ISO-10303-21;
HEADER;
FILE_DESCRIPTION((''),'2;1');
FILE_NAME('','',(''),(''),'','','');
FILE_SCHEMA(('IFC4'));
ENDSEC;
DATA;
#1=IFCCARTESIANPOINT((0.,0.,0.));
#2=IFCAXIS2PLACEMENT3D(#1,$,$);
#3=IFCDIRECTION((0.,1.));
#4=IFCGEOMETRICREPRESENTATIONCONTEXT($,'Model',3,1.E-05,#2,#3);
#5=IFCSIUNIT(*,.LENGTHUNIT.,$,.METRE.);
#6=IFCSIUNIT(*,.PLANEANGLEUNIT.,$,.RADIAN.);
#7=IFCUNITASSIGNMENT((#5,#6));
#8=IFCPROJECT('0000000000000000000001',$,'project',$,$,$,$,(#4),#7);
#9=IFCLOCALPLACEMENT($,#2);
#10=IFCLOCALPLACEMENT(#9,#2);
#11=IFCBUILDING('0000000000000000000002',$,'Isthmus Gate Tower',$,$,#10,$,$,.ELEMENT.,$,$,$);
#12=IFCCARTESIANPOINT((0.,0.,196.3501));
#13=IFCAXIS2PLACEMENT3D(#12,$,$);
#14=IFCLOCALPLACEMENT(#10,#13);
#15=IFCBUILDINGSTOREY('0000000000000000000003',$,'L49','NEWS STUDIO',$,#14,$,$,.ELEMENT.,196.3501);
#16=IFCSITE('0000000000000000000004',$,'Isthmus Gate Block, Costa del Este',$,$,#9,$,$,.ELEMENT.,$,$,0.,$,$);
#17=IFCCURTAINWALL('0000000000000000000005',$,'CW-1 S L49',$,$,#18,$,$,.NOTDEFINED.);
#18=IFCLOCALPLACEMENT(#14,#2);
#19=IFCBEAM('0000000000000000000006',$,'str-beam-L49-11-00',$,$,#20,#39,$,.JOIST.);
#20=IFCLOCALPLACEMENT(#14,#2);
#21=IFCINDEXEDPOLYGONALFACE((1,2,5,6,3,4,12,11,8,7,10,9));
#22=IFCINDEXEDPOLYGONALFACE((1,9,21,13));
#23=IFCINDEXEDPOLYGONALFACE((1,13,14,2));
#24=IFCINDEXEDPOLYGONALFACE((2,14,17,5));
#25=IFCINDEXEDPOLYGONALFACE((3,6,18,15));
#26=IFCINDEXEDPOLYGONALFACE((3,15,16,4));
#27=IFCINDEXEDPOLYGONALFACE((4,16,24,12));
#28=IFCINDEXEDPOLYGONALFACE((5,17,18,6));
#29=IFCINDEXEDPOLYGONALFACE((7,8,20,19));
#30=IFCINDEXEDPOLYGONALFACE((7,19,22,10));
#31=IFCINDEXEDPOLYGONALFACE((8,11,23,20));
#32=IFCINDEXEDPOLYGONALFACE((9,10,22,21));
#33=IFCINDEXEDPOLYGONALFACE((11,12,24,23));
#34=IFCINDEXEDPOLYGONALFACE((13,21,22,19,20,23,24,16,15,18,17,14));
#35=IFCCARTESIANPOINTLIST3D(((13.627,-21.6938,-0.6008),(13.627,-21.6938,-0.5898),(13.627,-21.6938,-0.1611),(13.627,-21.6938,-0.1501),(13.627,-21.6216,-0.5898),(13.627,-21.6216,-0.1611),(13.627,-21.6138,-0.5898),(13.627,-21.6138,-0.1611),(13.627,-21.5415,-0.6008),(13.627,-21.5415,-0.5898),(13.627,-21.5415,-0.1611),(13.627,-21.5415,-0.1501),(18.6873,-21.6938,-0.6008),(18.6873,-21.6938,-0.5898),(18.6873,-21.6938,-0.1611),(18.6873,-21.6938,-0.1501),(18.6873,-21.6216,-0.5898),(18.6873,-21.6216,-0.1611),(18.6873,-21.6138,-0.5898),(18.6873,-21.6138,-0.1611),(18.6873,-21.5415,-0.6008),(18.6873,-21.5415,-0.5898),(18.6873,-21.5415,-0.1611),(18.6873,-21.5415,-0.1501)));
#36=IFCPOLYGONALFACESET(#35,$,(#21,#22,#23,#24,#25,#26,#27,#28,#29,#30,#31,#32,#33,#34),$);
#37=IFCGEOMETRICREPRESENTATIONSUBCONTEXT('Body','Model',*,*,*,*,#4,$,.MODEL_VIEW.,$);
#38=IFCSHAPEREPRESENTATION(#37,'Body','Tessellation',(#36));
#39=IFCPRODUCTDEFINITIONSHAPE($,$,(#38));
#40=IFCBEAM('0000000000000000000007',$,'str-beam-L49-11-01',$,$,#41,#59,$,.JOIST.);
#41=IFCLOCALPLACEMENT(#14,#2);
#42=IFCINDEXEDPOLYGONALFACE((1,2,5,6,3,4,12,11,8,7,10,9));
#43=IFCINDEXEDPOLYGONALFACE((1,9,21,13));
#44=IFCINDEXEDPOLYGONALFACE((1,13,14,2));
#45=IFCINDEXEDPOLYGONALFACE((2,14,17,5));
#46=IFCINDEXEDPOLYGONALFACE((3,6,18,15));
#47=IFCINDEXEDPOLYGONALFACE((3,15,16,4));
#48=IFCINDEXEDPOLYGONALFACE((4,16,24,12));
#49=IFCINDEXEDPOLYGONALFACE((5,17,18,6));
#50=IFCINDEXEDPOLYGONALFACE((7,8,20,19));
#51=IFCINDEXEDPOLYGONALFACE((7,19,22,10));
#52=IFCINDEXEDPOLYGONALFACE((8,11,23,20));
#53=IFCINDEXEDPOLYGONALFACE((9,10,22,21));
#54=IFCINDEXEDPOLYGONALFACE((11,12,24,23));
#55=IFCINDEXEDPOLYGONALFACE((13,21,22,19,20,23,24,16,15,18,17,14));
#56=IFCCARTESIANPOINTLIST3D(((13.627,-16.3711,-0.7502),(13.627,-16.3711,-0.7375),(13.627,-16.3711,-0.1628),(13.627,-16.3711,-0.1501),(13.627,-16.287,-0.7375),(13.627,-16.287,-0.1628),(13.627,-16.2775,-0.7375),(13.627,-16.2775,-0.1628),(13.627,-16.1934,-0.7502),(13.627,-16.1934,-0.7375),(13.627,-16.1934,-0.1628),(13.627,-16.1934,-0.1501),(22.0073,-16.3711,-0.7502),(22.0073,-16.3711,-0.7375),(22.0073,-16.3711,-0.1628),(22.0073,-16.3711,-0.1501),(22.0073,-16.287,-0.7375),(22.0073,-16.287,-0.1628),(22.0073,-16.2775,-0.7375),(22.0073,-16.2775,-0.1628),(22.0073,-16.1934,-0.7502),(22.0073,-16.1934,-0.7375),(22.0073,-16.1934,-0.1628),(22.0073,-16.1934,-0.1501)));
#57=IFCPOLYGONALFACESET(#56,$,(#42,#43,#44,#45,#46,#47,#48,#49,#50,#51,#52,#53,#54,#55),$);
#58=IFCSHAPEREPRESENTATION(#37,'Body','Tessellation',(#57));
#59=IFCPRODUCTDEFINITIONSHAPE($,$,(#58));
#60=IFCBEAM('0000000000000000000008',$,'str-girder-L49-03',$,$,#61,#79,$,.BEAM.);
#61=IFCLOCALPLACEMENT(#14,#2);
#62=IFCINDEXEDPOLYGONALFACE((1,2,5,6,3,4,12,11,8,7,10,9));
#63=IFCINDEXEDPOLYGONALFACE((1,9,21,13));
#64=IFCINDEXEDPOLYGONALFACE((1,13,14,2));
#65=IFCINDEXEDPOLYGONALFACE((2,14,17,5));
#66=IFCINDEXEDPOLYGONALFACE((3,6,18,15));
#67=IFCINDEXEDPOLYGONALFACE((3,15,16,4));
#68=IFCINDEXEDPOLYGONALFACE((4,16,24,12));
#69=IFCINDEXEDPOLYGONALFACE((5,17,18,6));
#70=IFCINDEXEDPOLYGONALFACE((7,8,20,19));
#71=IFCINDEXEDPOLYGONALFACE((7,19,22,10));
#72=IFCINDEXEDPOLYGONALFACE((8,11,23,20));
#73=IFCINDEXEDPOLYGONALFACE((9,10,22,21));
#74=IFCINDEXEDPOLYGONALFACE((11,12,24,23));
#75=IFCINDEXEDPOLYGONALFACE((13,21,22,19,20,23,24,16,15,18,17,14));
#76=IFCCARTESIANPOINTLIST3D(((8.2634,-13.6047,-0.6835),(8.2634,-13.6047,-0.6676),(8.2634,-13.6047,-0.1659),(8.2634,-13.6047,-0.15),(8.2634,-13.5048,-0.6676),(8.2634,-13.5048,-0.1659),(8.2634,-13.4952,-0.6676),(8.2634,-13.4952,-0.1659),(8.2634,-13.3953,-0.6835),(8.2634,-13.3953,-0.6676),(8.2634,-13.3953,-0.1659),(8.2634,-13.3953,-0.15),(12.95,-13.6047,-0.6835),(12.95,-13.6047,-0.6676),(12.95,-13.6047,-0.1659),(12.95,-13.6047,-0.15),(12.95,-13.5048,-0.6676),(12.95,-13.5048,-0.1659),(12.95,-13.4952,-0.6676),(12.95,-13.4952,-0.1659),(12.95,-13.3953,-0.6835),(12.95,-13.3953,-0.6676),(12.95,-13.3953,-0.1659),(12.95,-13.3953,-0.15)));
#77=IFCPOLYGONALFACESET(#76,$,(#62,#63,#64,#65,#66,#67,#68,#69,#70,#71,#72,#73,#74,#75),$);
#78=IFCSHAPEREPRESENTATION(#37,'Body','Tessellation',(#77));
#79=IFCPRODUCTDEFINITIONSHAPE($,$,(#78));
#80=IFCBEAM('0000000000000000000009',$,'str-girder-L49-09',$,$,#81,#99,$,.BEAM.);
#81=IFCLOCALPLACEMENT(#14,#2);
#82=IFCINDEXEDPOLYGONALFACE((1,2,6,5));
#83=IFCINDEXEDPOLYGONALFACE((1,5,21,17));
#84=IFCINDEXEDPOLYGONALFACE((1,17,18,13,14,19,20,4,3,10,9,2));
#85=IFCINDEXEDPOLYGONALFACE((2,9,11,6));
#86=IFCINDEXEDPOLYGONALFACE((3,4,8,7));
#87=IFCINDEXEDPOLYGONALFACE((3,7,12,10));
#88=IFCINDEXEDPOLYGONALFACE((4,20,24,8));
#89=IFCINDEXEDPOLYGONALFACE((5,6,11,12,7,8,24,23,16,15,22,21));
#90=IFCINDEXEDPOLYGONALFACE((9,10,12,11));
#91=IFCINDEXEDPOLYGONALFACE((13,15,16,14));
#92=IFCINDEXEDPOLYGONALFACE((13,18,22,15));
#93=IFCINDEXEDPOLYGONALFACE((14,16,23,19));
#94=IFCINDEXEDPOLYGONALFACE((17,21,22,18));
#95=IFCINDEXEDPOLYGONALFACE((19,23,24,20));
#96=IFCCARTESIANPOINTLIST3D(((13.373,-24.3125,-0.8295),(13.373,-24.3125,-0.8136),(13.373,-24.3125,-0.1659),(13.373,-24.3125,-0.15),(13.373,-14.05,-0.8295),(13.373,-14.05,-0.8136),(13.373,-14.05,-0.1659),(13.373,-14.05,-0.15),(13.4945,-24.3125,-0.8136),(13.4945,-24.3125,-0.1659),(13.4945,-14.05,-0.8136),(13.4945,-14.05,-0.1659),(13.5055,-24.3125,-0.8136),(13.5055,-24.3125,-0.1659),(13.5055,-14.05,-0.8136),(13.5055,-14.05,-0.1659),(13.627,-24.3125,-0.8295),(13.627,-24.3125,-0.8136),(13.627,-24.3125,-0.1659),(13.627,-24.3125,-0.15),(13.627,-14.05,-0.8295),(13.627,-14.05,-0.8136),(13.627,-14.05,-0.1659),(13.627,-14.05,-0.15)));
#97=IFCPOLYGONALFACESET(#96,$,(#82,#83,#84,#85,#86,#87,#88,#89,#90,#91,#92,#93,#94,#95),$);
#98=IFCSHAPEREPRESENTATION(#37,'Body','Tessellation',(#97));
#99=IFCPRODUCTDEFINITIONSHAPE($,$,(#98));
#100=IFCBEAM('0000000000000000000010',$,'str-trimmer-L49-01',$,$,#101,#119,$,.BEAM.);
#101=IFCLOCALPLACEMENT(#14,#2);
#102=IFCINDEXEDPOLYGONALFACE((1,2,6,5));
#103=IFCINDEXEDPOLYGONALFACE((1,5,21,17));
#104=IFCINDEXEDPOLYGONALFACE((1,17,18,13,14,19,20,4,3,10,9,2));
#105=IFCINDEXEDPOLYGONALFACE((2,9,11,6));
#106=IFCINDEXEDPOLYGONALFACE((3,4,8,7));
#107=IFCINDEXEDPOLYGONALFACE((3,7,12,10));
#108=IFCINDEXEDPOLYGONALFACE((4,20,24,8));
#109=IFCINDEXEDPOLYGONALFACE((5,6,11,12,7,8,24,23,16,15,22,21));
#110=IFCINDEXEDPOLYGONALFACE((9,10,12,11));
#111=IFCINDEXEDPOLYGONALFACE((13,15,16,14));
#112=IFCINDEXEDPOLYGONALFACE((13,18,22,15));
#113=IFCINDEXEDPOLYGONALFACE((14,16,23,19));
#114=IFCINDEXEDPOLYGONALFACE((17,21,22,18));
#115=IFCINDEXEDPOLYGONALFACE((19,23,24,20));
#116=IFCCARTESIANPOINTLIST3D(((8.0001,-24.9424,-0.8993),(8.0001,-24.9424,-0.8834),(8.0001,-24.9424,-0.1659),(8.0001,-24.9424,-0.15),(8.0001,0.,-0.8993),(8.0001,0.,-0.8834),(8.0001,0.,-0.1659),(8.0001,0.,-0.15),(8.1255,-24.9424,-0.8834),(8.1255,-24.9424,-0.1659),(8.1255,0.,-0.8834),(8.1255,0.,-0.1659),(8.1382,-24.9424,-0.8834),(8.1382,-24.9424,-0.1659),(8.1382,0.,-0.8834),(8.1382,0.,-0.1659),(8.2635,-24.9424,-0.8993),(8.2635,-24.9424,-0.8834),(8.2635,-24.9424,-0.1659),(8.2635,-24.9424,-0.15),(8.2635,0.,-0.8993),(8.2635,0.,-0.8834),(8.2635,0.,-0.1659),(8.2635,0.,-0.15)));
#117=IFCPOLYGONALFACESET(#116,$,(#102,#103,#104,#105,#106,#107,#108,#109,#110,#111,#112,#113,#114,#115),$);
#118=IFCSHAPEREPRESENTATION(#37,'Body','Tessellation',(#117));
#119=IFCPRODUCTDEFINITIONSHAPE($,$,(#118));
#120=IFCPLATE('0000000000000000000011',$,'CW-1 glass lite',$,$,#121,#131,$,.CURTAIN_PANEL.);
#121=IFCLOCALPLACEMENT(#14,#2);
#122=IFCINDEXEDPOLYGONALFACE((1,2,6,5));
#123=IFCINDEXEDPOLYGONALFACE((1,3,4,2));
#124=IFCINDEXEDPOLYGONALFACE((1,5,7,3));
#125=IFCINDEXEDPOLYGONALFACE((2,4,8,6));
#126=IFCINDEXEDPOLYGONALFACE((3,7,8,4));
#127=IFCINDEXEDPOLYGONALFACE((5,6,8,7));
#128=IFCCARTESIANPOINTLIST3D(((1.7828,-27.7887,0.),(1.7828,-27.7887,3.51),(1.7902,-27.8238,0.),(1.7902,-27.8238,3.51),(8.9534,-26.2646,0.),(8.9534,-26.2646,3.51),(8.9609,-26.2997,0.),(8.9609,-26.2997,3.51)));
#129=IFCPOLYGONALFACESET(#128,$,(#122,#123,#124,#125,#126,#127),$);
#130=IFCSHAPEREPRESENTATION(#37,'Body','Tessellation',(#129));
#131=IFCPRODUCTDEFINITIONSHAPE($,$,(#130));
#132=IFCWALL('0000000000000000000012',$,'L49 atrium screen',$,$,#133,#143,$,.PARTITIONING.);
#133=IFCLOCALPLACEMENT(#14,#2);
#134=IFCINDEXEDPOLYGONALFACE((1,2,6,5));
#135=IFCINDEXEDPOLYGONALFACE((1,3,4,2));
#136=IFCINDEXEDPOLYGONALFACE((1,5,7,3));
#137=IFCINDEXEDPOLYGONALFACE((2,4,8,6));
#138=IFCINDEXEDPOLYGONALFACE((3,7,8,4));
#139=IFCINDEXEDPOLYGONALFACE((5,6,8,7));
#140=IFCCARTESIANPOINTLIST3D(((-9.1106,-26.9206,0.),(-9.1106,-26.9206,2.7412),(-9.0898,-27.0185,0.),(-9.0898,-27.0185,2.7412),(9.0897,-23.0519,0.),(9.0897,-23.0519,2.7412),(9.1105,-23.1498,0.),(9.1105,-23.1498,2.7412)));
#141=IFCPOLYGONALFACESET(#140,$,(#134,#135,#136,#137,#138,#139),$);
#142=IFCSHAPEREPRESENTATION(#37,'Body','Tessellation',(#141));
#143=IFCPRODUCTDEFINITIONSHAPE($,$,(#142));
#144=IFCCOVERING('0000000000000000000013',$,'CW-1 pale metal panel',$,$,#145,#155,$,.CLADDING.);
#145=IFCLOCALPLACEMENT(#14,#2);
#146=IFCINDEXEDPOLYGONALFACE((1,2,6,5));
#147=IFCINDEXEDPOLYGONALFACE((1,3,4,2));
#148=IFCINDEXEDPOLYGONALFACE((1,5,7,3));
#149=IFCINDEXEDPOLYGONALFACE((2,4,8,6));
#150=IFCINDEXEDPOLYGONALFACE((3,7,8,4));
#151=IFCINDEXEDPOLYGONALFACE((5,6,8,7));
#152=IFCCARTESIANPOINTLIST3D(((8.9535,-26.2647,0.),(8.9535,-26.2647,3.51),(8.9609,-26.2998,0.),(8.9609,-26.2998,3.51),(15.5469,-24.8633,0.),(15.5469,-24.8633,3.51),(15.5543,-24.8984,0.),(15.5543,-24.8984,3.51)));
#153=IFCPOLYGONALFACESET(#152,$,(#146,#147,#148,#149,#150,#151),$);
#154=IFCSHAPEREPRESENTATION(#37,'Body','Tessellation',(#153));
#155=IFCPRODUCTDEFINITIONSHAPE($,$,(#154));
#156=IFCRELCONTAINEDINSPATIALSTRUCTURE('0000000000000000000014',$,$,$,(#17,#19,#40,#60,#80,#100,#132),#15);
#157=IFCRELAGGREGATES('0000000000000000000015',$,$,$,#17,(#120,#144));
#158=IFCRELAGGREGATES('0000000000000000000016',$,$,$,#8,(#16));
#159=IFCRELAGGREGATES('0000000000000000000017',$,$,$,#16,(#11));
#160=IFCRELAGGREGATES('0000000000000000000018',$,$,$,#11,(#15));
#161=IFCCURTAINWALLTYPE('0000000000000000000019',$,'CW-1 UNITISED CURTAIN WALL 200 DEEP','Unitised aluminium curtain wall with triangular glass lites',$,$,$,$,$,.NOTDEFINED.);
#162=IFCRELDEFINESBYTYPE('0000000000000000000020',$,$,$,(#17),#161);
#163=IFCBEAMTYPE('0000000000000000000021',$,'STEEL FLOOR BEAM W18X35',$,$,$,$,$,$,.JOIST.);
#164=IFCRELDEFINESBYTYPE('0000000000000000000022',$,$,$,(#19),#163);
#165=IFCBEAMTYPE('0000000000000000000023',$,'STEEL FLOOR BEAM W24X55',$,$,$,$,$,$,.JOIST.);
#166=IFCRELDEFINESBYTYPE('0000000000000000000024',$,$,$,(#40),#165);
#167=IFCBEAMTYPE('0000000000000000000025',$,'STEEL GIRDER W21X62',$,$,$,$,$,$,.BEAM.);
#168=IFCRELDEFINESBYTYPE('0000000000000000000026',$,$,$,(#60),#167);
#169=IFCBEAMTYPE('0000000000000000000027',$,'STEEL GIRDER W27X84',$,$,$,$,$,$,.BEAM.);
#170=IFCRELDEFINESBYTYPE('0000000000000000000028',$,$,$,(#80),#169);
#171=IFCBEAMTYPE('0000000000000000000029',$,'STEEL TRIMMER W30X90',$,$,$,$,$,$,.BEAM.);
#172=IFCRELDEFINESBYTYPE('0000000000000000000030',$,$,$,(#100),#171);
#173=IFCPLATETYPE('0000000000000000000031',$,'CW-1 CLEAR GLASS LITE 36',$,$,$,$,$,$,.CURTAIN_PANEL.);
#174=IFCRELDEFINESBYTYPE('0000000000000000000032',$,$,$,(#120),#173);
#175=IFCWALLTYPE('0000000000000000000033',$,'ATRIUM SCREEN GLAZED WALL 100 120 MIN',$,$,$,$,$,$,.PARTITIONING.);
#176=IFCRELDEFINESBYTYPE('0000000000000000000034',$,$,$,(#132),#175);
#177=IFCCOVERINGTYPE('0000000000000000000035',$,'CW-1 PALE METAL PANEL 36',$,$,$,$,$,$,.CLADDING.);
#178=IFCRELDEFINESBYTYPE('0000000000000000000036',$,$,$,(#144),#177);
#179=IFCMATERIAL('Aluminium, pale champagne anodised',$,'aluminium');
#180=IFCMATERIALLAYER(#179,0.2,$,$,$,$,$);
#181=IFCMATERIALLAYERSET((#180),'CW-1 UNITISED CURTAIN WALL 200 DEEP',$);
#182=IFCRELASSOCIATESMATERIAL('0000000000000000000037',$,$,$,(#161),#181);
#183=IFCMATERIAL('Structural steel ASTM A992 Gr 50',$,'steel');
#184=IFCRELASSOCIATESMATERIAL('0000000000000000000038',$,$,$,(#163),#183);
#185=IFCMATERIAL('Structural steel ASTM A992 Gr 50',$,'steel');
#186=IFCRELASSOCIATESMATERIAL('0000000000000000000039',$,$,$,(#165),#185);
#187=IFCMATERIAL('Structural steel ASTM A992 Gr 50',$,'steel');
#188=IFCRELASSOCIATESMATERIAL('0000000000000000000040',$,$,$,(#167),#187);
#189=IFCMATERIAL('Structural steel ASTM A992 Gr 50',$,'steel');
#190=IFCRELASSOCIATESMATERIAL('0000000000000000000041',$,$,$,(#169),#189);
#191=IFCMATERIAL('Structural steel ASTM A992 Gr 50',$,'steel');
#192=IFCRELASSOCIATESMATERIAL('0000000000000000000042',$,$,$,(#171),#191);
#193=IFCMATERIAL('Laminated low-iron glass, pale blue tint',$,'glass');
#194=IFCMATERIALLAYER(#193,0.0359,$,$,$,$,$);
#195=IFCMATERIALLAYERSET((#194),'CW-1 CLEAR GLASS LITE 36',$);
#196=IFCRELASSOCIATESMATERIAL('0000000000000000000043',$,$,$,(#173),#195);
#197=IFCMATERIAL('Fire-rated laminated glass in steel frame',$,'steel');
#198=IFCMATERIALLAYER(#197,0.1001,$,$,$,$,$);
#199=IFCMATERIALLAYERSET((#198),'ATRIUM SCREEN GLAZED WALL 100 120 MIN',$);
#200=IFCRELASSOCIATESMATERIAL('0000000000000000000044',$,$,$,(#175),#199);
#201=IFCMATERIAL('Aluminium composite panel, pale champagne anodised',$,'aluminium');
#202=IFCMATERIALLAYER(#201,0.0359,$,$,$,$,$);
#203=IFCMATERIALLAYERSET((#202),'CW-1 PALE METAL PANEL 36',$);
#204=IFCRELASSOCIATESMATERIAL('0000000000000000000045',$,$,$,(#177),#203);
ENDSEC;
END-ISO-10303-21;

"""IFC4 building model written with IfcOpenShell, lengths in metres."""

from ifc_helpers import new_model, si_unit, direction, frame, frame_2d, origin, origin_2d, place, context, subcontext, project, spatial, rectangle, i_section, extrude, material, layer, layer_set, material_profile, profile_set, type_object, element, aggregate, save


model = new_model("IFC4")

# Units and contexts
model_context = context("Model", 3, precision=1e-05, world=origin(), true_north=direction((0.0, 1.0)))
body_context = subcontext(model_context, "Body", "Model", "MODEL_VIEW")
ifc_project = project(units=[si_unit("LENGTHUNIT", "METRE"), si_unit("PLANEANGLEUNIT", "RADIAN")], contexts=[model_context])

# Site, building, storey
site_placement = place(None, origin())
site = spatial("IfcSite", under=ifc_project, at=site_placement, Name="Isthmus Gate Block, Costa del Este", CompositionType="ELEMENT", RefElevation=0.0)
building_placement = place(site_placement, origin())
building = spatial("IfcBuilding", under=site, at=building_placement, Name="Isthmus Gate Tower", CompositionType="ELEMENT")
storey_placement = place(building_placement, frame((0.0, 0.0, 196.3501)))
storey = spatial("IfcBuildingStorey", under=building, at=storey_placement, Name="L49", Description="NEWS STUDIO", CompositionType="ELEMENT", Elevation=196.3501)

# Curtain wall
ifc_material_1 = material(Name="Aluminium, pale champagne anodised", Category="aluminium")
ifc_layer_1 = layer(ifc_material_1, 0.2)
ifc_layer_set_1 = layer_set([ifc_layer_1], Name="CW-1 UNITISED CURTAIN WALL 200 DEEP")
curtain_wall_type = type_object("IfcCurtainWallType", Name="CW-1 UNITISED CURTAIN WALL 200 DEEP", Description="Unitised aluminium curtain wall with triangular glass lites", PredefinedType="NOTDEFINED", material=ifc_layer_set_1)
curtain_wall_placement = place(storey_placement, origin())
curtain_wall = element("IfcCurtainWall", 1, at=curtain_wall_placement, inside=storey, type_object=curtain_wall_type, Name="CW-1 S L49", PredefinedType="NOTDEFINED")

# Beams
ifc_material_2 = material(Name="Structural steel ASTM A992 Gr 50", Category="steel")
ifc_material_profile_1 = material_profile(ifc_material_2, i_section(OverallWidth=0.1523, OverallDepth=0.4507, WebThickness=0.0078, FlangeThickness=0.011, at=origin_2d()), Name="W18X35")
ifc_profile_set_1 = profile_set([ifc_material_profile_1], Name="Structural steel ASTM A992 Gr 50")
beam_type_1 = type_object("IfcBeamType", Name="STEEL FLOOR BEAM W18X35", PredefinedType="JOIST", material=ifc_profile_set_1)
beam_1_placement = place(storey_placement, frame((13.627, -21.6177, -0.3755), z_axis=(1.0, 0.0, 0.0), x_axis=(0.0, 1.0, 0.0)))
element("IfcBeam", 2, at=beam_1_placement, inside=storey, type_object=beam_type_1, Name="str-beam-L49-11-00", PredefinedType="JOIST", context=body_context, shape_type="SweptSolid", body=[
    extrude(i_section(OverallWidth=0.1523, OverallDepth=0.4507, WebThickness=0.0078, FlangeThickness=0.011, at=origin_2d()), origin(), (0.0, 0.0, 1.0), 5.0603),
])
ifc_material_3 = material(Name="Structural steel ASTM A992 Gr 50", Category="steel")
ifc_material_profile_2 = material_profile(ifc_material_3, i_section(OverallWidth=0.1777, OverallDepth=0.6001, WebThickness=0.0095, FlangeThickness=0.0127, at=origin_2d()), Name="W24X55")
ifc_profile_set_2 = profile_set([ifc_material_profile_2], Name="Structural steel ASTM A992 Gr 50")
beam_type_2 = type_object("IfcBeamType", Name="STEEL FLOOR BEAM W24X55", PredefinedType="JOIST", material=ifc_profile_set_2)
beam_2_placement = place(storey_placement, frame((13.627, -16.2822, -0.4502), z_axis=(1.0, 0.0, 0.0), x_axis=(0.0, 1.0, 0.0)))
element("IfcBeam", 3, at=beam_2_placement, inside=storey, type_object=beam_type_2, Name="str-beam-L49-11-01", PredefinedType="JOIST", context=body_context, shape_type="SweptSolid", body=[
    extrude(i_section(OverallWidth=0.1777, OverallDepth=0.6001, WebThickness=0.0095, FlangeThickness=0.0127, at=origin_2d()), origin(), (0.0, 0.0, 1.0), 8.3804),
])
ifc_material_4 = material(Name="Structural steel ASTM A992 Gr 50", Category="steel")
ifc_material_profile_3 = material_profile(ifc_material_4, i_section(OverallWidth=0.2095, OverallDepth=0.5334, WebThickness=0.0095, FlangeThickness=0.0159, at=origin_2d()), Name="W21X62")
ifc_profile_set_3 = profile_set([ifc_material_profile_3], Name="Structural steel ASTM A992 Gr 50")
beam_type_3 = type_object("IfcBeamType", Name="STEEL GIRDER W21X62", PredefinedType="BEAM", material=ifc_profile_set_3)
beam_3_placement = place(storey_placement, frame((8.2634, -13.5, -0.4167), z_axis=(1.0, 0.0, 0.0), x_axis=(0.0, 1.0, 0.0)))
element("IfcBeam", 4, at=beam_3_placement, inside=storey, type_object=beam_type_3, Name="str-girder-L49-03", PredefinedType="BEAM", context=body_context, shape_type="SweptSolid", body=[
    extrude(i_section(OverallWidth=0.2095, OverallDepth=0.5334, WebThickness=0.0095, FlangeThickness=0.0159, at=origin_2d()), origin(), (0.0, 0.0, 1.0), 4.6865),
])
ifc_material_5 = material(Name="Structural steel ASTM A992 Gr 50", Category="steel")
ifc_material_profile_4 = material_profile(ifc_material_5, i_section(OverallWidth=0.2539, OverallDepth=0.6794, WebThickness=0.011, FlangeThickness=0.0159, at=origin_2d()), Name="W27X84")
ifc_profile_set_4 = profile_set([ifc_material_profile_4], Name="Structural steel ASTM A992 Gr 50")
beam_type_4 = type_object("IfcBeamType", Name="STEEL GIRDER W27X84", PredefinedType="BEAM", material=ifc_profile_set_4)
beam_4_placement = place(storey_placement, frame((13.5, -24.3125, -0.4897), z_axis=(0.0, 1.0, 0.0), x_axis=(-1.0, 0.0, 0.0)))
element("IfcBeam", 5, at=beam_4_placement, inside=storey, type_object=beam_type_4, Name="str-girder-L49-09", PredefinedType="BEAM", context=body_context, shape_type="SweptSolid", body=[
    extrude(i_section(OverallWidth=0.2539, OverallDepth=0.6794, WebThickness=0.011, FlangeThickness=0.0159, at=origin_2d()), origin(), (0.0, 0.0, 1.0), 10.2625),
])
ifc_material_6 = material(Name="Structural steel ASTM A992 Gr 50", Category="steel")
ifc_material_profile_5 = material_profile(ifc_material_6, i_section(OverallWidth=0.2634, OverallDepth=0.7493, WebThickness=0.0127, FlangeThickness=0.0159, at=origin_2d()), Name="W30X90")
ifc_profile_set_5 = profile_set([ifc_material_profile_5], Name="Structural steel ASTM A992 Gr 50")
beam_type_5 = type_object("IfcBeamType", Name="STEEL TRIMMER W30X90", PredefinedType="BEAM", material=ifc_profile_set_5)
beam_5_placement = place(storey_placement, frame((8.1318, -24.9424, -0.5247), z_axis=(0.0, 1.0, 0.0), x_axis=(-1.0, 0.0, 0.0)))
element("IfcBeam", 6, at=beam_5_placement, inside=storey, type_object=beam_type_5, Name="str-trimmer-L49-01", PredefinedType="BEAM", context=body_context, shape_type="SweptSolid", body=[
    extrude(i_section(OverallWidth=0.2634, OverallDepth=0.7493, WebThickness=0.0127, FlangeThickness=0.0159, at=origin_2d()), origin(), (0.0, 0.0, 1.0), 24.9424),
])

# Plate
ifc_material_7 = material(Name="Laminated low-iron glass, pale blue tint", Category="glass")
ifc_layer_2 = layer(ifc_material_7, 0.0359)
ifc_layer_set_2 = layer_set([ifc_layer_2], Name="CW-1 CLEAR GLASS LITE 36")
plate_type = type_object("IfcPlateType", Name="CW-1 CLEAR GLASS LITE 36", PredefinedType="CURTAIN_PANEL", material=ifc_layer_set_2)
plate_placement = place(storey_placement, frame((5.3718, -27.0442, 0.0), z_axis=(0.0, 0.0, 1.0), x_axis=(0.978148, 0.207912, 0.0)))
plate = element("IfcPlate", 7, at=plate_placement, type_object=plate_type, Name="CW-1 glass lite", PredefinedType="CURTAIN_PANEL", context=body_context, shape_type="SweptSolid", body=[
    extrude(rectangle(XDim=7.3308, YDim=0.0359, at=origin_2d()), origin(), (0.0, 0.0, 1.0), 3.51),
])

# Wall
ifc_material_8 = material(Name="Fire-rated laminated glass in steel frame", Category="steel")
ifc_layer_3 = layer(ifc_material_8, 0.1001)
ifc_layer_set_3 = layer_set([ifc_layer_3], Name="ATRIUM SCREEN GLAZED WALL 100 120 MIN")
wall_type = type_object("IfcWallType", Name="ATRIUM SCREEN GLAZED WALL 100 120 MIN", PredefinedType="PARTITIONING", material=ifc_layer_set_3)
wall_placement = place(storey_placement, frame((9.1001, -23.1008, 0.0), z_axis=(0.0, 0.0, 1.0), x_axis=(-0.978147, -0.207916, 0.0)))
element("IfcWall", 8, at=wall_placement, inside=storey, type_object=wall_type, Name="L49 atrium screen", PredefinedType="PARTITIONING", context=body_context, shape_type="SweptSolid", body=[
    extrude(rectangle(XDim=18.6069, YDim=0.1001, at=frame_2d((9.3035, 0.0))), origin(), (0.0, 0.0, 1.0), 2.7412),
])

# Covering
ifc_material_9 = material(Name="Aluminium composite panel, pale champagne anodised", Category="aluminium")
ifc_layer_4 = layer(ifc_material_9, 0.0359)
ifc_layer_set_4 = layer_set([ifc_layer_4], Name="CW-1 PALE METAL PANEL 36")
covering_type = type_object("IfcCoveringType", Name="CW-1 PALE METAL PANEL 36", PredefinedType="CLADDING", material=ifc_layer_set_4)
covering_placement = place(storey_placement, frame((12.2539, -25.5815, 0.0), z_axis=(0.0, 0.0, 1.0), x_axis=(0.978148, 0.207912, 0.0)))
covering = element("IfcCovering", 9, at=covering_placement, type_object=covering_type, Name="CW-1 pale metal panel", PredefinedType="CLADDING", context=body_context, shape_type="SweptSolid", body=[
    extrude(rectangle(XDim=6.7407, YDim=0.0359, at=origin_2d()), origin(), (0.0, 0.0, 1.0), 3.51),
])
aggregate(curtain_wall, [plate, covering])

save(model, "model.ifc")
